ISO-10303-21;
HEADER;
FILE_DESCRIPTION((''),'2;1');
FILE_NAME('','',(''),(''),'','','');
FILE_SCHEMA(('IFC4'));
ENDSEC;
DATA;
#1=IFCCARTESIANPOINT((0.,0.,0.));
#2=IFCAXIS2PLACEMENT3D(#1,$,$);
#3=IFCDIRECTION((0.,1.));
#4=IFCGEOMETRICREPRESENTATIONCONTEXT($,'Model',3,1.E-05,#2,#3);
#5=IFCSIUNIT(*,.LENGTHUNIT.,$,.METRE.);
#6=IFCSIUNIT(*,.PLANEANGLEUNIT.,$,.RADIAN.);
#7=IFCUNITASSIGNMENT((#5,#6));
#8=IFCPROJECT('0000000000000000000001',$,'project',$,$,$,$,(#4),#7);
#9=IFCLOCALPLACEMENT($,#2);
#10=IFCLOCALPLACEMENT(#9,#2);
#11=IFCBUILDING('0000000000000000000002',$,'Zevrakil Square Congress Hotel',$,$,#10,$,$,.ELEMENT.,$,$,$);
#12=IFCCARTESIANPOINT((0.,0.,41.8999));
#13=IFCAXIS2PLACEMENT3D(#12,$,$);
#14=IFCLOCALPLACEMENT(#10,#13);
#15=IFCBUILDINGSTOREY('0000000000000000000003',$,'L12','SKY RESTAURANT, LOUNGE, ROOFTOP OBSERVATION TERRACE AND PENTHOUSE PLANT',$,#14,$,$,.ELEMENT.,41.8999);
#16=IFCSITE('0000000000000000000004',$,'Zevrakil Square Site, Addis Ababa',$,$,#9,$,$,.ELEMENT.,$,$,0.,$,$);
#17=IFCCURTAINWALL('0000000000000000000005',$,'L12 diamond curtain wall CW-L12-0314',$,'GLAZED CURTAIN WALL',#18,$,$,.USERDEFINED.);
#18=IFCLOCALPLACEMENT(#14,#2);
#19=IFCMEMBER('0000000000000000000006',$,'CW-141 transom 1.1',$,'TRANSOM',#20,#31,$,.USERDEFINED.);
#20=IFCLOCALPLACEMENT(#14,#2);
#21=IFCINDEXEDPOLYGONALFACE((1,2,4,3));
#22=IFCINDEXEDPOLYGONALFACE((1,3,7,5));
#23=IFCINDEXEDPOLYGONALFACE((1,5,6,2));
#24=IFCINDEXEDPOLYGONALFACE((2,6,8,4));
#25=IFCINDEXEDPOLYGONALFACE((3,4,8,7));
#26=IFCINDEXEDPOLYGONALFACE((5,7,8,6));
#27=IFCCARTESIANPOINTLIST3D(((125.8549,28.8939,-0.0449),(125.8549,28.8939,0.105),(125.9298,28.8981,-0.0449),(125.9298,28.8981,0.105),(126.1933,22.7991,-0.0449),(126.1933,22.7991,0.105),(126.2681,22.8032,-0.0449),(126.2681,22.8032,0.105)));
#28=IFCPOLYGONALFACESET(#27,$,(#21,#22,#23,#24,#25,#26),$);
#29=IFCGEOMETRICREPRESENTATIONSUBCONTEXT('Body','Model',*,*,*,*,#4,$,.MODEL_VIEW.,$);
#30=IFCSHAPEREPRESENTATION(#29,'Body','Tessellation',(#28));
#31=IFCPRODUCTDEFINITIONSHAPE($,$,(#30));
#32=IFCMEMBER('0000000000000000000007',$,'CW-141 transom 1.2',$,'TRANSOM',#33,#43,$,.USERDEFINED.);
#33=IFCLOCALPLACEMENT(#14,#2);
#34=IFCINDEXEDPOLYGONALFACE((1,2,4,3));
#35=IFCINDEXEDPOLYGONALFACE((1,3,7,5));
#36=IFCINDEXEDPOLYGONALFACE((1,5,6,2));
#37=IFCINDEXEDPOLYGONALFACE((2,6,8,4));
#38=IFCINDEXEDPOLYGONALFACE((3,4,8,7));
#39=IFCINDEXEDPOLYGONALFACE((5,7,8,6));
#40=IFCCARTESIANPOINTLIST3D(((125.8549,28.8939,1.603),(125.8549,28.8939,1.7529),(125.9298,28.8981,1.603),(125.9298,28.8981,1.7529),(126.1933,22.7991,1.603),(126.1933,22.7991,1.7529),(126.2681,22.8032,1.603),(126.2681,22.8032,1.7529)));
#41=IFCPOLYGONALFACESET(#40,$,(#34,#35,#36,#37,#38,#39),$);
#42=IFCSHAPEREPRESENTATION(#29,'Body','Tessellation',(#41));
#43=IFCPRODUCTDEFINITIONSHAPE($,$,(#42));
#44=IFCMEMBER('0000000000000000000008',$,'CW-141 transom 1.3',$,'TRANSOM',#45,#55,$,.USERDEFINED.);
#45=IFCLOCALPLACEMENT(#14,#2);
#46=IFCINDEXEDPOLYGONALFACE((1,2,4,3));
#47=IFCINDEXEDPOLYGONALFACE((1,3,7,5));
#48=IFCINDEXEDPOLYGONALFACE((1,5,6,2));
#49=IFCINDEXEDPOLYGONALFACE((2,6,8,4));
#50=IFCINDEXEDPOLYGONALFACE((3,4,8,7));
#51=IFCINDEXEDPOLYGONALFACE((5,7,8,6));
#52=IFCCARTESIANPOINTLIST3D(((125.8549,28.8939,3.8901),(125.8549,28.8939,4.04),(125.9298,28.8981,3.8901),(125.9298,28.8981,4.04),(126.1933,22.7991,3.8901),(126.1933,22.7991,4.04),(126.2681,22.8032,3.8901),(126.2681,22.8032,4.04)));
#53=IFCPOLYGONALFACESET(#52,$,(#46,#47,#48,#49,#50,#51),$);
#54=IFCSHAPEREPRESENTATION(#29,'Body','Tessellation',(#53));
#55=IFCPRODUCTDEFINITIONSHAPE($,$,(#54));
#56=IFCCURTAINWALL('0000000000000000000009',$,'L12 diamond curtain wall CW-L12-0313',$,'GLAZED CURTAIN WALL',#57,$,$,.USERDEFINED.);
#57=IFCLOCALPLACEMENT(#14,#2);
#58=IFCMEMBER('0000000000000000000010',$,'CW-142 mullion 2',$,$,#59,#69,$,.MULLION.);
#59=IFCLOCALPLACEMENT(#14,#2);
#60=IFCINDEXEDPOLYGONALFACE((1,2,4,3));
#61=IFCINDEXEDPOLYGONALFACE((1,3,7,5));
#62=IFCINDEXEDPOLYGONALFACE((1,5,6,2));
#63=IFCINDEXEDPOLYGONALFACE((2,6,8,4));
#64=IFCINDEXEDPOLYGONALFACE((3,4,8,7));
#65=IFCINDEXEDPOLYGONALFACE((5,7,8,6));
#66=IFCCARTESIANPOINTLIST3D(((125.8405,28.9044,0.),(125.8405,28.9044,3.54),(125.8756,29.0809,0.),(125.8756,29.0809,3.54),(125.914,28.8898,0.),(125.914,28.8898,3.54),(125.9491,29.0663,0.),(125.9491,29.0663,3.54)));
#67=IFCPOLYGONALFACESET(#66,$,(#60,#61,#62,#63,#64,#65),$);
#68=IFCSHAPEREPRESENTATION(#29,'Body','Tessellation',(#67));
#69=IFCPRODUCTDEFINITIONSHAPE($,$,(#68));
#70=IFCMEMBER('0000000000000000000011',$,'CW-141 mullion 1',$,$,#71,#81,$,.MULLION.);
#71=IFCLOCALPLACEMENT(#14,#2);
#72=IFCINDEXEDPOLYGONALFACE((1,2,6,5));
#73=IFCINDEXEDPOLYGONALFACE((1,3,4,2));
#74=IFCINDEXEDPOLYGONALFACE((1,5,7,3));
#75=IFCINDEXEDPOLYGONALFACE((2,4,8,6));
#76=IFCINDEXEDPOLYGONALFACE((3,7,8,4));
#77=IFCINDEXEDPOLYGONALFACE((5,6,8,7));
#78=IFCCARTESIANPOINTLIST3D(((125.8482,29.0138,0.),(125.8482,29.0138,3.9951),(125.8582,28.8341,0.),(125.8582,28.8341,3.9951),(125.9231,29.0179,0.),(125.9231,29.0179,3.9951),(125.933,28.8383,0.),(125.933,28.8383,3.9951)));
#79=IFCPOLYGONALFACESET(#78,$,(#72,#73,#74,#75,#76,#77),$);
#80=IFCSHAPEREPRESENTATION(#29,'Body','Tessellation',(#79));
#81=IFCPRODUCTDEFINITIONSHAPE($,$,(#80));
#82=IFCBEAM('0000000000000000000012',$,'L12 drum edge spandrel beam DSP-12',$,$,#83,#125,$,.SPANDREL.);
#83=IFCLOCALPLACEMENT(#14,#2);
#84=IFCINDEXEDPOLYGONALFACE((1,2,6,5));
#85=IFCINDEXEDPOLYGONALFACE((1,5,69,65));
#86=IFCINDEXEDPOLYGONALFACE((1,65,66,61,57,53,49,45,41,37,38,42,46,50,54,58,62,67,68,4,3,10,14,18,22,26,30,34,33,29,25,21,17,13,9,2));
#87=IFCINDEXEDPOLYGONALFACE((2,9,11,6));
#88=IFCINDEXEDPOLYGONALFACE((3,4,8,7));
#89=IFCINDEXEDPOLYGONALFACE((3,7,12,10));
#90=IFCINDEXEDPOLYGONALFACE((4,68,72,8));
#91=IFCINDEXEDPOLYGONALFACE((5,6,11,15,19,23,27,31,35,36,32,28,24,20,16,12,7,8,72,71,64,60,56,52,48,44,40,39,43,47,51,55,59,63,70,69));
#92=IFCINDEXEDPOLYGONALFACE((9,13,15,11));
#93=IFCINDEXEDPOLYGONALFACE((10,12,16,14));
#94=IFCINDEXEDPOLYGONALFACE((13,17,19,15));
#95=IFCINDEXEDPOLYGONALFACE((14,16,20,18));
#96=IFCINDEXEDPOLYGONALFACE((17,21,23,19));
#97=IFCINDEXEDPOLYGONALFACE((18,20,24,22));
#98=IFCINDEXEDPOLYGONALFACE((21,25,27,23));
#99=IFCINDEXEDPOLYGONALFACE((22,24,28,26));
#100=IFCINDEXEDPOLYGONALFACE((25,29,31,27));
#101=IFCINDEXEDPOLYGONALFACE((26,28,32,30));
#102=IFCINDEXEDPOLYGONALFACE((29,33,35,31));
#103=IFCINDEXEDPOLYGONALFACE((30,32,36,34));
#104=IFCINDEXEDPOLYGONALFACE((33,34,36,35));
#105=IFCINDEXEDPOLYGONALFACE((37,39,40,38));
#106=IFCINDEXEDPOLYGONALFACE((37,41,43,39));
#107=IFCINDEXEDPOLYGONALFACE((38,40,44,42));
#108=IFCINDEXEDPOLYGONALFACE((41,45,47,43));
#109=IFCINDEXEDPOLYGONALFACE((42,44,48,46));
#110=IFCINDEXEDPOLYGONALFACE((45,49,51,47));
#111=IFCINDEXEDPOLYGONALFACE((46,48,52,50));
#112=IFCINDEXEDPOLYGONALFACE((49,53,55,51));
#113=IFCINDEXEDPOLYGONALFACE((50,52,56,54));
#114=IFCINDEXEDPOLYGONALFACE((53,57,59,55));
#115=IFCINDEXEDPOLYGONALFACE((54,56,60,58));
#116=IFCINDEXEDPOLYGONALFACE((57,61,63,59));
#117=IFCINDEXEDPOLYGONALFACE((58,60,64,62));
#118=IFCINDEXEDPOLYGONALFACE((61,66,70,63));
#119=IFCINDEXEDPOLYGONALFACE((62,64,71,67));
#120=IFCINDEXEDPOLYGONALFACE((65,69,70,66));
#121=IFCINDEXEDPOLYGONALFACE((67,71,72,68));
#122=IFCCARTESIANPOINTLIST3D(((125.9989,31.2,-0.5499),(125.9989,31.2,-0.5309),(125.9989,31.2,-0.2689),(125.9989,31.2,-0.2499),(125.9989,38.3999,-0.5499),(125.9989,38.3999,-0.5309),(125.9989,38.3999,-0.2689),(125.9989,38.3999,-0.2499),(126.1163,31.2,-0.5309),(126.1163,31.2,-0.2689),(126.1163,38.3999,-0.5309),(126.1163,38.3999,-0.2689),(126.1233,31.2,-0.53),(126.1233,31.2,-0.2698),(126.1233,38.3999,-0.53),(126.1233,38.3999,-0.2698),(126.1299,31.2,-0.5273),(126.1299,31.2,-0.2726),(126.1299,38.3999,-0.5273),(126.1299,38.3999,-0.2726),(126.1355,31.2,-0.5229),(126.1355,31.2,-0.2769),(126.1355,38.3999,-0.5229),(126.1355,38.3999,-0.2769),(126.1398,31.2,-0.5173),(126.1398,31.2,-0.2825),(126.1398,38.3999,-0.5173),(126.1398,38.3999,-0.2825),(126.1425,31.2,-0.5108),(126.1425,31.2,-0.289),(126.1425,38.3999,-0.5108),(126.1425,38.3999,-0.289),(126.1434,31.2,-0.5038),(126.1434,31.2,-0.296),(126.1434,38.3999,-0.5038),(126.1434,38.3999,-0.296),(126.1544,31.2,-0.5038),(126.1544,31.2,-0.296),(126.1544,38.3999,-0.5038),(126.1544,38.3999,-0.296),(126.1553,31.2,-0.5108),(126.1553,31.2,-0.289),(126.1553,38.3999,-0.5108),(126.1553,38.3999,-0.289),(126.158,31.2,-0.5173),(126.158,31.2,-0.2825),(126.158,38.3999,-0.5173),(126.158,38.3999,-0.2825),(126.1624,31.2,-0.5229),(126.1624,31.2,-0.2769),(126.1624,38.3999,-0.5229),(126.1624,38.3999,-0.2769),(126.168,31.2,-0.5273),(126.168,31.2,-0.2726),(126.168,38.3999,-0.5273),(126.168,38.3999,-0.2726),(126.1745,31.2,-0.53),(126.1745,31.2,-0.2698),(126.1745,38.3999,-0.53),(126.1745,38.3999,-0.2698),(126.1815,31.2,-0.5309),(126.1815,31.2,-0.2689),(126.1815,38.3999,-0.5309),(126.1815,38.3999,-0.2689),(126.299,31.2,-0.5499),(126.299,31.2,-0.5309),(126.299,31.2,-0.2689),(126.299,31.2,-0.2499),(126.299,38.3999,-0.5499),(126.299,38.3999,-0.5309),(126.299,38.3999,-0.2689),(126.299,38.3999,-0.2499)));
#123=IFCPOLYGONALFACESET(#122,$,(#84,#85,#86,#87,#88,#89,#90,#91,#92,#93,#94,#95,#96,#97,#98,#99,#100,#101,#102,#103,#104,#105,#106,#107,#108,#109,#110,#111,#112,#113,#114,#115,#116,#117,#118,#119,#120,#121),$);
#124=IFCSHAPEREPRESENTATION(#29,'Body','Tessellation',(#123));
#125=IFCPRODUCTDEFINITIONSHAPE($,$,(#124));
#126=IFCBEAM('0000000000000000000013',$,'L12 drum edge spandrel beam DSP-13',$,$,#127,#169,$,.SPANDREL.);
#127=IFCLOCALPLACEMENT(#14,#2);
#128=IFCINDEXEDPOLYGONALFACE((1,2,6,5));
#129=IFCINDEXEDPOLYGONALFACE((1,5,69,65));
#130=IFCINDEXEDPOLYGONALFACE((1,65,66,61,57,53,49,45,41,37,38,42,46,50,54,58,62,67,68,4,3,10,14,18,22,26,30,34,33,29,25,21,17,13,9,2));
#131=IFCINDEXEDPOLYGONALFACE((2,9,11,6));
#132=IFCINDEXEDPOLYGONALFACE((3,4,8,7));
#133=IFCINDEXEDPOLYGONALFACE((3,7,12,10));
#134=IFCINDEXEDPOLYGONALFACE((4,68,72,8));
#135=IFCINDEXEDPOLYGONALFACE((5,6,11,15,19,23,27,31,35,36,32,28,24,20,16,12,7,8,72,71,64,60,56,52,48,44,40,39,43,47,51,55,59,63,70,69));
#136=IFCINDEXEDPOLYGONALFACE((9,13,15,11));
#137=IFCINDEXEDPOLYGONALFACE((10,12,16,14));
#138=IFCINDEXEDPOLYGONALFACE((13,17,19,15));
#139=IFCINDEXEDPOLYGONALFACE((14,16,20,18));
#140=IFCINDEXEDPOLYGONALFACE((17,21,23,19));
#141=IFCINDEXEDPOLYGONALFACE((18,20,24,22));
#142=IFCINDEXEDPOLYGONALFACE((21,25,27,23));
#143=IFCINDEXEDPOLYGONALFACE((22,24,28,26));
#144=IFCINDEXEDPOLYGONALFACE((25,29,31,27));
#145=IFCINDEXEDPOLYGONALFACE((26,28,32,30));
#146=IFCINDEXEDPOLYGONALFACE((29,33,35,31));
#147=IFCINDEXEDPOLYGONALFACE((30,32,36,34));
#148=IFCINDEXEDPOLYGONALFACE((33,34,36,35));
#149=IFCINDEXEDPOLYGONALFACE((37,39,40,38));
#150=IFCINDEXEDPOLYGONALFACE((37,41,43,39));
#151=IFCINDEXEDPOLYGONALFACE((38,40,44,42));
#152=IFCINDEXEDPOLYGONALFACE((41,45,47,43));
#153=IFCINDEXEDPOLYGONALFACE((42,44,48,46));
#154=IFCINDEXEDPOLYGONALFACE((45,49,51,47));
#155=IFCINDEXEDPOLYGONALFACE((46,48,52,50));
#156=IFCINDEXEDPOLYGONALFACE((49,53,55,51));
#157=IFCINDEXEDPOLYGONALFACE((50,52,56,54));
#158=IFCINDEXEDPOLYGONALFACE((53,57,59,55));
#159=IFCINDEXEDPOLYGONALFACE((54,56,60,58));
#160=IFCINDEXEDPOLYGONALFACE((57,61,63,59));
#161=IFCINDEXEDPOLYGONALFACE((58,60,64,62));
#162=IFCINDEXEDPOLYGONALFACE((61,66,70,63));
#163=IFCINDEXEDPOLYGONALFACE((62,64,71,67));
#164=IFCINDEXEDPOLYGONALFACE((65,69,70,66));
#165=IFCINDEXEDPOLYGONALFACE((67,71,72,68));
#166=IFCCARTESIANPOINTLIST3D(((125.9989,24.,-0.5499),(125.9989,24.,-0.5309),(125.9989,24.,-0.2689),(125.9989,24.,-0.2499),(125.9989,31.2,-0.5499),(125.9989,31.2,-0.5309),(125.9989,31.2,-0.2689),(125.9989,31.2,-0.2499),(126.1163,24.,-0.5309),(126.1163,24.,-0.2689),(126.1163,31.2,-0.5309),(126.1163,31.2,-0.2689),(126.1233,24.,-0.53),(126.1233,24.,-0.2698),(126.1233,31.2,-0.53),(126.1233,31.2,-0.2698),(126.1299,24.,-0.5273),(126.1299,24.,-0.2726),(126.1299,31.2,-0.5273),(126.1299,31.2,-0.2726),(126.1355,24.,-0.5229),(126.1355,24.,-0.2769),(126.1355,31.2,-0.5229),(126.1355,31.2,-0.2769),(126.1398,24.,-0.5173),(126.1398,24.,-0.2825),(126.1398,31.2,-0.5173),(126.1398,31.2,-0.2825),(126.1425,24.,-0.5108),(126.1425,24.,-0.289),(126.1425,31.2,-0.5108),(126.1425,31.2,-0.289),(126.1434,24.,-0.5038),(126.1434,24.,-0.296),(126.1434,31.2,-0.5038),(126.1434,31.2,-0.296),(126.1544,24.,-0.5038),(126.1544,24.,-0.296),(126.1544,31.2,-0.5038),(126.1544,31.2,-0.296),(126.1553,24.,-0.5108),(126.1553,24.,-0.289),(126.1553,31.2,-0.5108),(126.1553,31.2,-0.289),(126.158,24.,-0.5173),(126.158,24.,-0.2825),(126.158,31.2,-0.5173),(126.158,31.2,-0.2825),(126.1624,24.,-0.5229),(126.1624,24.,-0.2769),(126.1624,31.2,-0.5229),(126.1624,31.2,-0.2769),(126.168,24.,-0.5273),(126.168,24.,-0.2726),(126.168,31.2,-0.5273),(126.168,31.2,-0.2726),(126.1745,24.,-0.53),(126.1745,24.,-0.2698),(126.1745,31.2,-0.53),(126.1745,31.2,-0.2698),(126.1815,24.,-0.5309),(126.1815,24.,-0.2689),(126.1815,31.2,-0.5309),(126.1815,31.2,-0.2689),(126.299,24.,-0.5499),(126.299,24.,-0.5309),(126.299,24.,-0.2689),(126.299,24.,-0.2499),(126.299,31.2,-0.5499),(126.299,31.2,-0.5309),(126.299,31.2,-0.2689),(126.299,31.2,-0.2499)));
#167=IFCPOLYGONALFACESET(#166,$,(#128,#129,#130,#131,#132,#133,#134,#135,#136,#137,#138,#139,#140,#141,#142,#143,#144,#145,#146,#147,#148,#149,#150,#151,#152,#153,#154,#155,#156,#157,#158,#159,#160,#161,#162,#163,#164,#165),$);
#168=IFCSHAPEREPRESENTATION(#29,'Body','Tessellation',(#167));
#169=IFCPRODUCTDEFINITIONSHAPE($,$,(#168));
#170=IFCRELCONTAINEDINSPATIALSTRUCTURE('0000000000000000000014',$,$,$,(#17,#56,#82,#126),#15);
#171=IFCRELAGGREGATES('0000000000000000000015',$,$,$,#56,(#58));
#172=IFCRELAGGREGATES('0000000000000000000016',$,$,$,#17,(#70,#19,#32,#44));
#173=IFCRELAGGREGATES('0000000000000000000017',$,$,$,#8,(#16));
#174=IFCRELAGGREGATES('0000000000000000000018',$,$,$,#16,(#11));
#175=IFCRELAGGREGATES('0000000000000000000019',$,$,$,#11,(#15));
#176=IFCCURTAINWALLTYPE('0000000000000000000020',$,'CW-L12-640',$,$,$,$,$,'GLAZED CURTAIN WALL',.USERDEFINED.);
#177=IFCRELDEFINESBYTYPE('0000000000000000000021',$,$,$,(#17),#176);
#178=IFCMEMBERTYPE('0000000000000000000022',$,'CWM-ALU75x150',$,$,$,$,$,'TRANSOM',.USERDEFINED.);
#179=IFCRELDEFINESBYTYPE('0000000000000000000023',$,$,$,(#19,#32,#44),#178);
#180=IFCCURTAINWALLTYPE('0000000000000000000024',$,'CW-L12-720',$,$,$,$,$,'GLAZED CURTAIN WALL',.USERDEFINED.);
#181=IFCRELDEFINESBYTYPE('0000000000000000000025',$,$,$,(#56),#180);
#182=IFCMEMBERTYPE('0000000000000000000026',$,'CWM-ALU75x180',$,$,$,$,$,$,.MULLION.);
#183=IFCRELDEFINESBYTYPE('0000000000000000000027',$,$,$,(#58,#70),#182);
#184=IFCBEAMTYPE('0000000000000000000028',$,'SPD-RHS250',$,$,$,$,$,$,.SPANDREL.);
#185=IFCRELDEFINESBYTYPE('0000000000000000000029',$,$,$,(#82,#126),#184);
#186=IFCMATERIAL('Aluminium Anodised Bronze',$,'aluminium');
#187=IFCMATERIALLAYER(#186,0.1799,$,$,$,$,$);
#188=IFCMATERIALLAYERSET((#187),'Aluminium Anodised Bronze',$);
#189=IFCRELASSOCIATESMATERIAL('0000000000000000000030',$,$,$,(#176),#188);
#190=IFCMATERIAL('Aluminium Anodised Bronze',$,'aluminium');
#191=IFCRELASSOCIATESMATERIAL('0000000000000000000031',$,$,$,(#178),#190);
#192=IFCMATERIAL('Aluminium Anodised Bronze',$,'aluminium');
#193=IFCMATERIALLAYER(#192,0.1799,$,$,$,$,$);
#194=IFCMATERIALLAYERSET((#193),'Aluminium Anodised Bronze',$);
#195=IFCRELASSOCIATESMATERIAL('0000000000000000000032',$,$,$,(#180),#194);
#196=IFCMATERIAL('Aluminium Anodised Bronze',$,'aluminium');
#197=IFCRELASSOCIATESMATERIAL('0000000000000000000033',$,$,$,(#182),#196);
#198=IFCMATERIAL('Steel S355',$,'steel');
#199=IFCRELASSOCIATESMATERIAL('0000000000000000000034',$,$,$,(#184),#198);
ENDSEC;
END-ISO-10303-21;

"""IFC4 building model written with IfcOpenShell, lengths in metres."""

from ifc_helpers import new_model, si_unit, direction, frame, origin, origin_2d, place, context, subcontext, project, spatial, rectangle, i_section, extrude, material, layer, layer_set, material_profile, profile_set, type_object, element, aggregate, save


model = new_model("IFC4")

# Units and contexts
model_context = context("Model", 3, precision=1e-05, world=origin(), true_north=direction((0.0, 1.0)))
body_context = subcontext(model_context, "Body", "Model", "MODEL_VIEW")
ifc_project = project(units=[si_unit("LENGTHUNIT", "METRE"), si_unit("PLANEANGLEUNIT", "RADIAN")], contexts=[model_context])

# Site, building, storey
site_placement = place(None, origin())
site = spatial("IfcSite", under=ifc_project, at=site_placement, Name="Zevrakil Square Site, Addis Ababa", CompositionType="ELEMENT", RefElevation=0.0)
building_placement = place(site_placement, origin())
building = spatial("IfcBuilding", under=site, at=building_placement, Name="Zevrakil Square Congress Hotel", CompositionType="ELEMENT")
storey_placement = place(building_placement, frame((0.0, 0.0, 41.8999)))
storey = spatial("IfcBuildingStorey", under=building, at=storey_placement, Name="L12", Description="SKY RESTAURANT, LOUNGE, ROOFTOP OBSERVATION TERRACE AND PENTHOUSE PLANT", CompositionType="ELEMENT", Elevation=41.8999)

# Curtain wall, members
ifc_material_1 = material(Name="Aluminium Anodised Bronze", Category="aluminium")
ifc_layer_1 = layer(ifc_material_1, 0.1799)
ifc_layer_set_1 = layer_set([ifc_layer_1], Name="Aluminium Anodised Bronze")
curtain_wall_type_1 = type_object("IfcCurtainWallType", Name="CW-L12-640", ElementType="GLAZED CURTAIN WALL", PredefinedType="USERDEFINED", material=ifc_layer_set_1)
curtain_wall_1_placement = place(storey_placement, origin())
curtain_wall_1 = element("IfcCurtainWall", 1, at=curtain_wall_1_placement, inside=storey, type_object=curtain_wall_type_1, Name="L12 diamond curtain wall CW-L12-0314", ObjectType="GLAZED CURTAIN WALL", PredefinedType="USERDEFINED")
ifc_material_2 = material(Name="Aluminium Anodised Bronze", Category="aluminium")
ifc_material_profile_1 = material_profile(ifc_material_2, rectangle(XDim=0.075, YDim=0.1499, at=origin_2d()), Name="ALU 75x150")
ifc_profile_set_1 = profile_set([ifc_material_profile_1], Name="Aluminium Anodised Bronze")
member_type_1 = type_object("IfcMemberType", Name="CWM-ALU75x150", ElementType="TRANSOM", PredefinedType="USERDEFINED", material=ifc_profile_set_1)
member_1_placement = place(storey_placement, frame((125.8923, 28.896, 0.03), z_axis=(0.055432, -0.998462, 0.0), x_axis=(0.998462, 0.055432, 0.0)))
member_1 = element("IfcMember", 2, at=member_1_placement, type_object=member_type_1, Name="CW-141 transom 1.1", ObjectType="TRANSOM", PredefinedType="USERDEFINED", context=body_context, shape_type="SweptSolid", body=[
    extrude(rectangle(XDim=0.075, YDim=0.1499, at=origin_2d()), origin(), (0.0, 0.0, 1.0), 6.1042),
])
member_2_placement = place(storey_placement, frame((125.8923, 28.896, 1.678), z_axis=(0.055432, -0.998462, 0.0), x_axis=(0.998462, 0.055432, 0.0)))
member_2 = element("IfcMember", 3, at=member_2_placement, type_object=member_type_1, Name="CW-141 transom 1.2", ObjectType="TRANSOM", PredefinedType="USERDEFINED", context=body_context, shape_type="SweptSolid", body=[
    extrude(rectangle(XDim=0.075, YDim=0.1499, at=origin_2d()), origin(), (0.0, 0.0, 1.0), 6.1042),
])
member_3_placement = place(storey_placement, frame((125.8923, 28.896, 3.9651), z_axis=(0.055432, -0.998462, 0.0), x_axis=(0.998462, 0.055432, 0.0)))
member_3 = element("IfcMember", 4, at=member_3_placement, type_object=member_type_1, Name="CW-141 transom 1.3", ObjectType="TRANSOM", PredefinedType="USERDEFINED", context=body_context, shape_type="SweptSolid", body=[
    extrude(rectangle(XDim=0.075, YDim=0.1499, at=origin_2d()), origin(), (0.0, 0.0, 1.0), 6.1042),
])

# Curtain wall, member
ifc_material_3 = material(Name="Aluminium Anodised Bronze", Category="aluminium")
ifc_layer_2 = layer(ifc_material_3, 0.1799)
ifc_layer_set_2 = layer_set([ifc_layer_2], Name="Aluminium Anodised Bronze")
curtain_wall_type_2 = type_object("IfcCurtainWallType", Name="CW-L12-720", ElementType="GLAZED CURTAIN WALL", PredefinedType="USERDEFINED", material=ifc_layer_set_2)
curtain_wall_2_placement = place(storey_placement, origin())
curtain_wall_2 = element("IfcCurtainWall", 5, at=curtain_wall_2_placement, inside=storey, type_object=curtain_wall_type_2, Name="L12 diamond curtain wall CW-L12-0313", ObjectType="GLAZED CURTAIN WALL", PredefinedType="USERDEFINED")
ifc_material_4 = material(Name="Aluminium Anodised Bronze", Category="aluminium")
ifc_material_profile_2 = material_profile(ifc_material_4, rectangle(XDim=0.075, YDim=0.1799, at=origin_2d()), Name="ALU 75x180")
ifc_profile_set_2 = profile_set([ifc_material_profile_2], Name="Aluminium Anodised Bronze")
member_type_2 = type_object("IfcMemberType", Name="CWM-ALU75x180", PredefinedType="MULLION", material=ifc_profile_set_2)
member_4_placement = place(storey_placement, frame((125.8948, 28.9854, 0.0), z_axis=(0.0, 0.0, 1.0), x_axis=(0.980787, -0.195084, 0.0)))
member_4 = element("IfcMember", 6, at=member_4_placement, type_object=member_type_2, Name="CW-142 mullion 2", PredefinedType="MULLION", context=body_context, shape_type="SweptSolid", body=[
    extrude(rectangle(XDim=0.075, YDim=0.1799, at=origin_2d()), origin(), (0.0, 0.0, 1.0), 3.54),
])
aggregate(curtain_wall_2, [member_4])

# Member
member_5_placement = place(storey_placement, frame((125.8906, 28.926, 0.0), z_axis=(0.0, 0.0, 1.0), x_axis=(0.998463, 0.055427, 0.0)))
member_5 = element("IfcMember", 7, at=member_5_placement, type_object=member_type_2, Name="CW-141 mullion 1", PredefinedType="MULLION", context=body_context, shape_type="SweptSolid", body=[
    extrude(rectangle(XDim=0.075, YDim=0.1799, at=origin_2d()), origin(), (0.0, 0.0, 1.0), 3.9951),
])

# Beams
ifc_material_5 = material(Name="Steel S355", Category="steel")
ifc_material_profile_3 = material_profile(ifc_material_5, i_section(OverallWidth=0.3, OverallDepth=0.3, WebThickness=0.011, FlangeThickness=0.019, FilletRadius=0.0271, at=origin_2d()), Name="HEB 300")
ifc_profile_set_3 = profile_set([ifc_material_profile_3], Name="Steel S355")
beam_type = type_object("IfcBeamType", Name="SPD-RHS250", PredefinedType="SPANDREL", material=ifc_profile_set_3)
for number, where, z_axis, x_axis, name in (
    (8, (126.1489, 38.3999, -0.3999), (0.0, -1.0, 0.0), (1.0, 0.0, 0.0), "L12 drum edge spandrel beam DSP-12"),
    (9, (126.1489, 31.2, -0.3999), (0.0, -1.0, 0.0), (1.0, 0.0, 0.0), "L12 drum edge spandrel beam DSP-13"),
):
    element("IfcBeam", number, at=place(storey_placement, frame(where, z_axis=z_axis, x_axis=x_axis)), inside=storey, type_object=beam_type, Name=name, PredefinedType="SPANDREL", context=body_context, shape_type="SweptSolid", body=[
        extrude(i_section(OverallWidth=0.3, OverallDepth=0.3, WebThickness=0.011, FlangeThickness=0.019, FilletRadius=0.0271, at=origin_2d()), origin(), (0.0, 0.0, 1.0), 7.2),
    ])

aggregate(curtain_wall_1, [member_5, member_1, member_2, member_3])

save(model, "model.ifc")
